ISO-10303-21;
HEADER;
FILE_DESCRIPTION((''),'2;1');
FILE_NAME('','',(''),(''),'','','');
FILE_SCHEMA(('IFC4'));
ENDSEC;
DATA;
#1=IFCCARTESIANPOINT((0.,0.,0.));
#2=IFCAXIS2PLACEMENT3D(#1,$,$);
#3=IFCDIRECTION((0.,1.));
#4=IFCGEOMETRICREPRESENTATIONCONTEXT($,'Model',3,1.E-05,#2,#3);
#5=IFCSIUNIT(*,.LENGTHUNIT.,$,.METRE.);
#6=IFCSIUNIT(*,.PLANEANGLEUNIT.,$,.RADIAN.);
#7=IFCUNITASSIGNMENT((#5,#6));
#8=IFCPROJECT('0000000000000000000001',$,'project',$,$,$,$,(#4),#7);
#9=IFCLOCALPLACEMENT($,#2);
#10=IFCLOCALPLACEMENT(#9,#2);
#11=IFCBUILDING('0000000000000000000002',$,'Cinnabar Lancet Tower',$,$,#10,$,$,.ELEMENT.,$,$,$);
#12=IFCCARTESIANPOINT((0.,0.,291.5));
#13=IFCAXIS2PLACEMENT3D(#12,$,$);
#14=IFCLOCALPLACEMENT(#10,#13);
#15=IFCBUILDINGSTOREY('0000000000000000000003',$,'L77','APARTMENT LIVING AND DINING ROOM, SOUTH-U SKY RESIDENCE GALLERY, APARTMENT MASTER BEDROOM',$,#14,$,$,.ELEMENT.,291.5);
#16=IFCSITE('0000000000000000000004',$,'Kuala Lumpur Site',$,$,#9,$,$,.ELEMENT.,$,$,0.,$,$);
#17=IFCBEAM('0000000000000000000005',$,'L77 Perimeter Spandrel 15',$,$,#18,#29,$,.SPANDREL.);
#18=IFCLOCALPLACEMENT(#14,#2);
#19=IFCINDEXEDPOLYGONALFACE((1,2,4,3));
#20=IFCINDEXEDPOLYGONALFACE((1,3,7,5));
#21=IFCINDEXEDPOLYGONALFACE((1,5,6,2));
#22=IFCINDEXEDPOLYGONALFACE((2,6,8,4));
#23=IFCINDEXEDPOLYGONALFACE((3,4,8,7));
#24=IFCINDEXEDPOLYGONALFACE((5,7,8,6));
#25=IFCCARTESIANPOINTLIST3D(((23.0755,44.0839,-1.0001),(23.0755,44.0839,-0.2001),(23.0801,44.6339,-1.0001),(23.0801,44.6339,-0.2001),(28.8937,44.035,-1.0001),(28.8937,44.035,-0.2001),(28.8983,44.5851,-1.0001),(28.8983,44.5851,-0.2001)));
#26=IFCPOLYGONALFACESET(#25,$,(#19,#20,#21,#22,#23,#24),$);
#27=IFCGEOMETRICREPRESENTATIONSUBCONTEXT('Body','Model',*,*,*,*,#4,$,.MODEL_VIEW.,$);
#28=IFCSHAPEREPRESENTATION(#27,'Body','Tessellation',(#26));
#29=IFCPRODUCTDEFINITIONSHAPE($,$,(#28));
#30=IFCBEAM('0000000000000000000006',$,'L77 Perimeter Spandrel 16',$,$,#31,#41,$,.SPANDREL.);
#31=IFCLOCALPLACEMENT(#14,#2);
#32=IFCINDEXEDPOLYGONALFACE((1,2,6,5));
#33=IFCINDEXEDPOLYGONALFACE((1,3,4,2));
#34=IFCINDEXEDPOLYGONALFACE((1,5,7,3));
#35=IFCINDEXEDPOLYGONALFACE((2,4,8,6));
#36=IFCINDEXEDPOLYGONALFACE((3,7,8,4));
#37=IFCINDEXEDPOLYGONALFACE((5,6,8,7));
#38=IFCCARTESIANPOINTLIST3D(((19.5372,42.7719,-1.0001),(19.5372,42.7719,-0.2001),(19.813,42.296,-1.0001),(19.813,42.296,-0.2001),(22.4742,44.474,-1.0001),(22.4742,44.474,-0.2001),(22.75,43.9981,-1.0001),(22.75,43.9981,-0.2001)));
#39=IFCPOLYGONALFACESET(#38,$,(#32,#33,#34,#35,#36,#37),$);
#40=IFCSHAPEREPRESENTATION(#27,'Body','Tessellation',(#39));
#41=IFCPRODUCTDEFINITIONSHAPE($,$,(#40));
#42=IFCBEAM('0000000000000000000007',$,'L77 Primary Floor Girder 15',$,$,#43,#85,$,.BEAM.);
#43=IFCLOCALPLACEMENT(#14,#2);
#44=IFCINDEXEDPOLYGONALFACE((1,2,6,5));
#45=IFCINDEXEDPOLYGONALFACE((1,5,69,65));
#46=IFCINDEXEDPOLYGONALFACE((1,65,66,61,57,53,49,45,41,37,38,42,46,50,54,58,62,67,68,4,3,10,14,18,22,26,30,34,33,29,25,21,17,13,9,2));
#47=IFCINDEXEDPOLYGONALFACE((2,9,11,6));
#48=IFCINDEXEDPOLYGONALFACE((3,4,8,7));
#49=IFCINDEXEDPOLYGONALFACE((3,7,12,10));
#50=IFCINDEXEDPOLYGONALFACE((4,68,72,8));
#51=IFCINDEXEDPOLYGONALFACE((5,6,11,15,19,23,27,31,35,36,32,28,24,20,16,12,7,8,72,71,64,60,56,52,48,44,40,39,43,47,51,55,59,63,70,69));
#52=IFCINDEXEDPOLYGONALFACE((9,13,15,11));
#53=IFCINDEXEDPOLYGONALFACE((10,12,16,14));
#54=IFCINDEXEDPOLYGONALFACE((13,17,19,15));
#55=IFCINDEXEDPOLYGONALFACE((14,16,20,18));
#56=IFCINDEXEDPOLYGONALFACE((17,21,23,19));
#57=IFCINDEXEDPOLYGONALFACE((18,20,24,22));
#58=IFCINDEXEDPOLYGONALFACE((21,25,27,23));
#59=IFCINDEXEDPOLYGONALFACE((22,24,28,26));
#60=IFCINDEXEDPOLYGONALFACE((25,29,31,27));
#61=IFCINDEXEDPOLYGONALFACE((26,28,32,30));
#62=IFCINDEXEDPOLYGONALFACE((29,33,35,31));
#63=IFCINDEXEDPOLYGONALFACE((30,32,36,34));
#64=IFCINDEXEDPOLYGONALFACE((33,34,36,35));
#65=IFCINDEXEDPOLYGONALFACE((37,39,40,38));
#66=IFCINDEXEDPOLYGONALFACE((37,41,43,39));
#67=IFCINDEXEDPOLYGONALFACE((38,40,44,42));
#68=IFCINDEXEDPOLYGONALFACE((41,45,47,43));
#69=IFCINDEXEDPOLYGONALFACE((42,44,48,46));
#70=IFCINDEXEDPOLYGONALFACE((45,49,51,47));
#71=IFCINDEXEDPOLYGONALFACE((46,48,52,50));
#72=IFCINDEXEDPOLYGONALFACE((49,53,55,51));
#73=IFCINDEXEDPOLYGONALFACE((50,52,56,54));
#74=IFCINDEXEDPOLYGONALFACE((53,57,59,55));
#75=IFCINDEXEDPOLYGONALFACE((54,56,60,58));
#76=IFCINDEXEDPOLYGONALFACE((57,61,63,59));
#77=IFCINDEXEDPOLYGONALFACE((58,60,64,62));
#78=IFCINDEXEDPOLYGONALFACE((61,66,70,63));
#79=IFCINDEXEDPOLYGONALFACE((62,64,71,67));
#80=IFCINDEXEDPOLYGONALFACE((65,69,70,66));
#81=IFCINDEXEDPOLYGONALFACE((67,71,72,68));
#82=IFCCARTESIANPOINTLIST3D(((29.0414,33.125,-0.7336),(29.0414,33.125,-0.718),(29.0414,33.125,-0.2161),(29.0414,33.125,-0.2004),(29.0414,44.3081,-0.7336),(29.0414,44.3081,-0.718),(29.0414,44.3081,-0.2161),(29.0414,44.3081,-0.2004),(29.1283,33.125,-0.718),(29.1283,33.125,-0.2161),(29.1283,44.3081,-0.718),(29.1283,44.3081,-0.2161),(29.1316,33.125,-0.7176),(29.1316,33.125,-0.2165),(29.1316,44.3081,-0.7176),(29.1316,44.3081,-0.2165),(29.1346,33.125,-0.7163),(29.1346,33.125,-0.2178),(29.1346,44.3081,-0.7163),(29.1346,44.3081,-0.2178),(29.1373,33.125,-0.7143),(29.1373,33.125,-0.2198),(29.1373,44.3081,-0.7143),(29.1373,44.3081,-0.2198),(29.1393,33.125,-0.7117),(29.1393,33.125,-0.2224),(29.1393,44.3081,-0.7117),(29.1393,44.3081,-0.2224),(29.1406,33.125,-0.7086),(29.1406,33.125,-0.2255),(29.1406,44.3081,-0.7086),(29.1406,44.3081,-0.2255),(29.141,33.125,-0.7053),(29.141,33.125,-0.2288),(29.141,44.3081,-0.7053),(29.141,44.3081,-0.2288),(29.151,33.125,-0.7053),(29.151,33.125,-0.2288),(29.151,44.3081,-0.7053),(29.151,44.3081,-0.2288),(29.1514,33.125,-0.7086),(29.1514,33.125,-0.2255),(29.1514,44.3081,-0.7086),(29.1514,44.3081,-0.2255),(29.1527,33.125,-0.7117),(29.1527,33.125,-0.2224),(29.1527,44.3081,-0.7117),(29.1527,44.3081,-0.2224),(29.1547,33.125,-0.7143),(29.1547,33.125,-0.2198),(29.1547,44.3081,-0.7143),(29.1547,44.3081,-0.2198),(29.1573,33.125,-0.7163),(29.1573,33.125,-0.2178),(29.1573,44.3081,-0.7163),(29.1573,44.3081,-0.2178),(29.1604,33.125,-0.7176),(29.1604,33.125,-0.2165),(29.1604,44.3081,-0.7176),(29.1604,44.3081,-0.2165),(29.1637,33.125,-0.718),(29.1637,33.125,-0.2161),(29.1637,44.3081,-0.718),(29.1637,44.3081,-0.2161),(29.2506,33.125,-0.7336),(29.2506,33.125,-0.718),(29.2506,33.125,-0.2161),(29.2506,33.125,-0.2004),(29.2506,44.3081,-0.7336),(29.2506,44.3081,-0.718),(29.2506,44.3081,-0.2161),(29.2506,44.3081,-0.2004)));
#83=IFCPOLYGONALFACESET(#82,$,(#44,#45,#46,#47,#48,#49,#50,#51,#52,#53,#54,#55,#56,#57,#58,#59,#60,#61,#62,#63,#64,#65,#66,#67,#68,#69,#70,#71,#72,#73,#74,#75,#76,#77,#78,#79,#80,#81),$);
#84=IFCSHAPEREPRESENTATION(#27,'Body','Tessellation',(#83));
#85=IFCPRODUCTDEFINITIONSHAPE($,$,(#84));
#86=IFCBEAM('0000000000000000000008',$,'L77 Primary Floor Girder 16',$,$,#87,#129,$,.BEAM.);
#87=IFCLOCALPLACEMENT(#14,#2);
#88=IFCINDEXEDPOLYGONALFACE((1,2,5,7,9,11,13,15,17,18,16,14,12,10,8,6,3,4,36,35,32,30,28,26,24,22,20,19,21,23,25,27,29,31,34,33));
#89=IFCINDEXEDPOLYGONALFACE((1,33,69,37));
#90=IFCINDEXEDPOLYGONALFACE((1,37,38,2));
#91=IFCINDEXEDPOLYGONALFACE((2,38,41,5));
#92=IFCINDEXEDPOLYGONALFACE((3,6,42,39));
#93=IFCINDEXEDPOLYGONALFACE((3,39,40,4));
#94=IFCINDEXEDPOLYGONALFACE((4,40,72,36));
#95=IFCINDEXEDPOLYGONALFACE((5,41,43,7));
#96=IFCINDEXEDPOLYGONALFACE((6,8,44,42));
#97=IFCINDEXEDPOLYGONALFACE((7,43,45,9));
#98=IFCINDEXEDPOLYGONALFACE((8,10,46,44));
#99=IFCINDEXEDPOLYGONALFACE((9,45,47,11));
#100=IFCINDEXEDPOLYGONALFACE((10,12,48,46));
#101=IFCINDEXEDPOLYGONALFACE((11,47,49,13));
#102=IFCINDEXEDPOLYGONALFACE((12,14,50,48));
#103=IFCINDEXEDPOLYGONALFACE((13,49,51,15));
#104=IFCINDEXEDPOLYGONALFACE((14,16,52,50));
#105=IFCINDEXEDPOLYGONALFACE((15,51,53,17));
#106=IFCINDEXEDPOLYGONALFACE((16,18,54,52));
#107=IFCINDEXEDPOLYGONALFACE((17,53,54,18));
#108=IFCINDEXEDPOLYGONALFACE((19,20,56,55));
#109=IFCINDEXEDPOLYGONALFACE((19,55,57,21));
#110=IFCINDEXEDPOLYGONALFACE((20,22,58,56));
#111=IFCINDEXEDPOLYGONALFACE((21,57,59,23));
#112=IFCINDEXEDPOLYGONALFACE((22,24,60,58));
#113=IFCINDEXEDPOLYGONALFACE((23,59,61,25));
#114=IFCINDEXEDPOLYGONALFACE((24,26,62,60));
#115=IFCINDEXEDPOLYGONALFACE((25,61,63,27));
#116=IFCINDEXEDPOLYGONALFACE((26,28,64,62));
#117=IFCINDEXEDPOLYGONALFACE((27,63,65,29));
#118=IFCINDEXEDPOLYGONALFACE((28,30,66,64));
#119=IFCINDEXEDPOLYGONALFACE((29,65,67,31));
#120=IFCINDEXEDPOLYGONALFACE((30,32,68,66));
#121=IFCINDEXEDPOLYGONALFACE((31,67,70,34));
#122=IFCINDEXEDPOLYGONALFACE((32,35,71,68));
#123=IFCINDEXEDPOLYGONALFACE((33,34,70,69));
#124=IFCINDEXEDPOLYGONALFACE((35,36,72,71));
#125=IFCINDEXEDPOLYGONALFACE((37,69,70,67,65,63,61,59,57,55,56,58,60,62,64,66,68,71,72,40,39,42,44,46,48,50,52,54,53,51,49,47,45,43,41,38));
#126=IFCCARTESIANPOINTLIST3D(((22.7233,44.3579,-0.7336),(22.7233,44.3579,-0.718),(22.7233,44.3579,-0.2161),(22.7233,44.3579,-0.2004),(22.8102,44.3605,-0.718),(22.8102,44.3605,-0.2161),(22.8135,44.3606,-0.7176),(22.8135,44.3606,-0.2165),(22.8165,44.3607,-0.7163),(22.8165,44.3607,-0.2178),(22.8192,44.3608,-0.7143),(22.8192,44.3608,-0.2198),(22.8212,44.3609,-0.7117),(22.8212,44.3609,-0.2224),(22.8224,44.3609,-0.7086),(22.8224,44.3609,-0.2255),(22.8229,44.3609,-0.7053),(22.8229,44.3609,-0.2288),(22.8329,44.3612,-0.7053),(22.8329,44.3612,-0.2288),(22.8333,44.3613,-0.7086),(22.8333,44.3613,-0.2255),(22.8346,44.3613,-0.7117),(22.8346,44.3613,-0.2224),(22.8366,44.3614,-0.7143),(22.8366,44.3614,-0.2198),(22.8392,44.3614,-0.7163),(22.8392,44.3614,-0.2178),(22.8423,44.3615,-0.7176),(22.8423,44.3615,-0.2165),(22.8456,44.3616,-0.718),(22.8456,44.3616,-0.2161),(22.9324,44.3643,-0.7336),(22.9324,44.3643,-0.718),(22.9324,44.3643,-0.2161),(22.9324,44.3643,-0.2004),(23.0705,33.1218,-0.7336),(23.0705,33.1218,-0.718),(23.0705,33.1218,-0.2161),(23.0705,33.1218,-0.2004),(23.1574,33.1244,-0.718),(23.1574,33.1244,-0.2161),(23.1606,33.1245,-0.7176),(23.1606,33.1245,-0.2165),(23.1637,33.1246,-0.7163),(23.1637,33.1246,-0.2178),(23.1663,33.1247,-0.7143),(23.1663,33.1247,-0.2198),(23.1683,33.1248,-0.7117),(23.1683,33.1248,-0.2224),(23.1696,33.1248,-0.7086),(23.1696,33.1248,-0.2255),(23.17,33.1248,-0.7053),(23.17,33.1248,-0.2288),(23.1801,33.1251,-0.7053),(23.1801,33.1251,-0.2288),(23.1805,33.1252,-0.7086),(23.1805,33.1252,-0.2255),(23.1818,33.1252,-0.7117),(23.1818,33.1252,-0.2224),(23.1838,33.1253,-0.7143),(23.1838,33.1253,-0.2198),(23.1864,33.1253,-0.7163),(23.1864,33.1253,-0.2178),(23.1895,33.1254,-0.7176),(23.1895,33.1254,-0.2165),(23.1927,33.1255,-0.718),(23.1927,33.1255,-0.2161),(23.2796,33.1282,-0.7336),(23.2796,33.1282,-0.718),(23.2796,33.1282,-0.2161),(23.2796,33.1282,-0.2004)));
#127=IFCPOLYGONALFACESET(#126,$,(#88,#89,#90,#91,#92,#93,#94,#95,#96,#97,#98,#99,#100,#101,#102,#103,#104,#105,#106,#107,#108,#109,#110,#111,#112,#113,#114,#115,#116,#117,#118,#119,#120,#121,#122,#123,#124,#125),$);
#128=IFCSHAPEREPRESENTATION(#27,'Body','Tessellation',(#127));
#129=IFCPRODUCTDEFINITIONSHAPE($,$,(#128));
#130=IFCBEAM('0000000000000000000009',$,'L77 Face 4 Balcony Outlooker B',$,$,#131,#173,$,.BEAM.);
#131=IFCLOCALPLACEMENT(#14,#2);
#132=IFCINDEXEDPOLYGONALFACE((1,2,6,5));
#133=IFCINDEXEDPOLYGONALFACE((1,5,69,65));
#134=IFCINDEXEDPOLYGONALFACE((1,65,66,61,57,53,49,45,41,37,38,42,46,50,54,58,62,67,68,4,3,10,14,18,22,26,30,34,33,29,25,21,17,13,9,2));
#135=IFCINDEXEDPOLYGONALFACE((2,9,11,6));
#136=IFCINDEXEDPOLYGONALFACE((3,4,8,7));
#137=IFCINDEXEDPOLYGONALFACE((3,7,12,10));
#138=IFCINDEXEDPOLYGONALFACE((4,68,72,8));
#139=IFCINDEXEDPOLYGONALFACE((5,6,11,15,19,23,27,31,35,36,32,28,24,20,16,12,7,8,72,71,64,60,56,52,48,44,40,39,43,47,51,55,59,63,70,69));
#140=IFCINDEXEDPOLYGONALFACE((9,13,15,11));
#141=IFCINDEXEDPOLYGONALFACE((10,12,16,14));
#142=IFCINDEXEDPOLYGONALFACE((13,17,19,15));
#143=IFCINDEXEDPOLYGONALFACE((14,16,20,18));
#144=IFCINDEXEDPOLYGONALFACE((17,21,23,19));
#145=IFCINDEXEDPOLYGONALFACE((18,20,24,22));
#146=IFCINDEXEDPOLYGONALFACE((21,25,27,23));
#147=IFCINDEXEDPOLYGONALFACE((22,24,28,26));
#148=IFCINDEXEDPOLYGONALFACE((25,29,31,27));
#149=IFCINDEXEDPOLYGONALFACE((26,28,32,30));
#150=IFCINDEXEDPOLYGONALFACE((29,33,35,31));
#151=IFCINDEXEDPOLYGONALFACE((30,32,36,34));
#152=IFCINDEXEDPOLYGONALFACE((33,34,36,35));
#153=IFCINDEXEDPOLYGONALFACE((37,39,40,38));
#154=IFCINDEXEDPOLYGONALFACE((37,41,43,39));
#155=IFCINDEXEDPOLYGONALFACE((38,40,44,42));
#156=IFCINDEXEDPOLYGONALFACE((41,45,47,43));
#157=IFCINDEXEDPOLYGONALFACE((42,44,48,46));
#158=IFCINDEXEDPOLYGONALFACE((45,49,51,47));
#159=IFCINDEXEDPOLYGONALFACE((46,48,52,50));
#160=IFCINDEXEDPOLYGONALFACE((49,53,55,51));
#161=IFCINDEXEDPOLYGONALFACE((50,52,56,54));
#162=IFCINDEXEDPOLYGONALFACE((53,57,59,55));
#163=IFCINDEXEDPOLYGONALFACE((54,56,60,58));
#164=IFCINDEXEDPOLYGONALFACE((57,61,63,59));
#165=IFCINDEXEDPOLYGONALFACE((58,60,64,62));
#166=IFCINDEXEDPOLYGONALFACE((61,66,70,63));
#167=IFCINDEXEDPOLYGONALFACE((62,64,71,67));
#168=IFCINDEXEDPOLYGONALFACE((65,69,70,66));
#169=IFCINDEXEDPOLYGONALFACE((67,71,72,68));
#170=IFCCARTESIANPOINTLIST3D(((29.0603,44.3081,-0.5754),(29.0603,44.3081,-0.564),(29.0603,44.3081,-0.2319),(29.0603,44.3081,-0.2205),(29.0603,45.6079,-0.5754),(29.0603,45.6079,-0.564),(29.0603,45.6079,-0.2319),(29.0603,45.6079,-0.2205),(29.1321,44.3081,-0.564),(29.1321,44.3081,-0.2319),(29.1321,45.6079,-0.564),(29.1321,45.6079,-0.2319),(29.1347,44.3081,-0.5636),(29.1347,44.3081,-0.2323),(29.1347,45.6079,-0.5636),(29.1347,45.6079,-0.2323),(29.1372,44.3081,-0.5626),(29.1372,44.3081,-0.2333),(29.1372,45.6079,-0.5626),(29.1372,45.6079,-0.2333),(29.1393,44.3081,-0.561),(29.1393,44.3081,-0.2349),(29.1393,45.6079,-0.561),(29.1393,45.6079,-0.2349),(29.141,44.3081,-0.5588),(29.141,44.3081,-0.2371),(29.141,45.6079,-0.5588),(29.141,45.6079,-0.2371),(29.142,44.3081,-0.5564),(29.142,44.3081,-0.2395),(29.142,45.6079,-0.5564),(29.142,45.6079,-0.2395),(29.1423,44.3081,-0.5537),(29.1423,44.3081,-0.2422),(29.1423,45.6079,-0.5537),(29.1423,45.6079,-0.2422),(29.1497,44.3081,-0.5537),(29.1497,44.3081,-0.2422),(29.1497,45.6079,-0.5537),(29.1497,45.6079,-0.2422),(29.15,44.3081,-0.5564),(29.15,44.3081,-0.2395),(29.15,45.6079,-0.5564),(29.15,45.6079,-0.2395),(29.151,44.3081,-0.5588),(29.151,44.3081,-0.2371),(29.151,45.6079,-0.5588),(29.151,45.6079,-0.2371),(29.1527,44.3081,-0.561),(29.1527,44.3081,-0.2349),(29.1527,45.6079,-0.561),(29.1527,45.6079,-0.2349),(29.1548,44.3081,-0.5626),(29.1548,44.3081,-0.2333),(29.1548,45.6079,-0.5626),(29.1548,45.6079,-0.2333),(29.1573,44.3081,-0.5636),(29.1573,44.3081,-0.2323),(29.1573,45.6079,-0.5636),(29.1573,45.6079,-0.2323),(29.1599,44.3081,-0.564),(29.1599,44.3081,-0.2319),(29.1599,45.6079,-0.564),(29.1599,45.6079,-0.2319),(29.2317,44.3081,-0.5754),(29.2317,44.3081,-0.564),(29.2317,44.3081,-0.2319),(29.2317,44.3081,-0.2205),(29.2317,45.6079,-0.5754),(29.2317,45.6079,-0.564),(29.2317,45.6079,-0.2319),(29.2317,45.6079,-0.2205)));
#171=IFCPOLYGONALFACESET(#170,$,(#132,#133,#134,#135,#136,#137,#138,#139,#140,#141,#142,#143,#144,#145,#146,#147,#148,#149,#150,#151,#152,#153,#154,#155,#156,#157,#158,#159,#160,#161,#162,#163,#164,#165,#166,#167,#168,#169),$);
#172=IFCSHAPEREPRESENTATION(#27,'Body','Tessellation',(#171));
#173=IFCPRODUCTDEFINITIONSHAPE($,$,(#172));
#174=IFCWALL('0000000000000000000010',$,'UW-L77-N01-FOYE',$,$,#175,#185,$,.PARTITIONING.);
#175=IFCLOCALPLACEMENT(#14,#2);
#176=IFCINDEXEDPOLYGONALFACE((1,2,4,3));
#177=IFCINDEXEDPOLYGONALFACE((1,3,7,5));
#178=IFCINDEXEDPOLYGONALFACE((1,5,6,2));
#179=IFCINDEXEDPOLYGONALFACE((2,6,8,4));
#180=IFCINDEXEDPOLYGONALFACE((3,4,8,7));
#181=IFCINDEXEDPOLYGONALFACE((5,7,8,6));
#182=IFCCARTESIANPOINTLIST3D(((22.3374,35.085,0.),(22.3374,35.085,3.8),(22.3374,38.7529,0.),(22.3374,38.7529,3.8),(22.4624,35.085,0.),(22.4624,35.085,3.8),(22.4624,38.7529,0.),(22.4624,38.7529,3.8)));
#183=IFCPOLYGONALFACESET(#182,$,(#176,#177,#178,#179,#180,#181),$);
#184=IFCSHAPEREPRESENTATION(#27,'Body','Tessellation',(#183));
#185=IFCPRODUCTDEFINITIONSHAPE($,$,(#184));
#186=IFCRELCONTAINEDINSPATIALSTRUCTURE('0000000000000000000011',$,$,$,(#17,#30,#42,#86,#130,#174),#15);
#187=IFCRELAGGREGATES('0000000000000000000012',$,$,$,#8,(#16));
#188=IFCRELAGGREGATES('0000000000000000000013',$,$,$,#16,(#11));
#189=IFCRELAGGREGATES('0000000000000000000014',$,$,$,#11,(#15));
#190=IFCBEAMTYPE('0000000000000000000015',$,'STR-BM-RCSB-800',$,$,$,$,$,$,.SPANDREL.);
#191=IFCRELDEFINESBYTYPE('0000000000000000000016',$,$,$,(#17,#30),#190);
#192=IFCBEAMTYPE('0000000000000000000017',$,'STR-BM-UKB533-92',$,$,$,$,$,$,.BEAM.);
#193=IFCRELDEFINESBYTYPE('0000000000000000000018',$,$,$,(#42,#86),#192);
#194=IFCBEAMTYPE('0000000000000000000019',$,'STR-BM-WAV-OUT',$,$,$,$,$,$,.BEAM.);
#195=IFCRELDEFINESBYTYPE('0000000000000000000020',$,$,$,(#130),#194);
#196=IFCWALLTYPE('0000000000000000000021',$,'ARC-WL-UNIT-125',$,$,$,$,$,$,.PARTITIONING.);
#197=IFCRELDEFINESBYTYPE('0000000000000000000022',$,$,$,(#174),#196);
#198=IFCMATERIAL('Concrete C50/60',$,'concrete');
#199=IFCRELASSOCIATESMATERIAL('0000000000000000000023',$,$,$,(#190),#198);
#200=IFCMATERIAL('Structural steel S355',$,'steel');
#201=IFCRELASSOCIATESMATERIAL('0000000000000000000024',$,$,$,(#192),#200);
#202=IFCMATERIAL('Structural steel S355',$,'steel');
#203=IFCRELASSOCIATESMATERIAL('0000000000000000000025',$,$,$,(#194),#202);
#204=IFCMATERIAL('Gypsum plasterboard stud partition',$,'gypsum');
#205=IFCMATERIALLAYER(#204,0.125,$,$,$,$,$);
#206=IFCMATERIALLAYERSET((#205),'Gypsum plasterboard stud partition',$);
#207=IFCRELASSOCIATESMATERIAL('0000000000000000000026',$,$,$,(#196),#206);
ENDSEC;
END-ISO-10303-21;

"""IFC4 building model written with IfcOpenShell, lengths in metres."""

from ifc_helpers import new_model, si_unit, direction, frame, frame_2d, origin, origin_2d, place, context, subcontext, project, spatial, rectangle, i_section, extrude, material, layer, layer_set, material_profile, profile_set, type_object, element, save


model = new_model("IFC4")

# Units and contexts
model_context = context("Model", 3, precision=1e-05, world=origin(), true_north=direction((0.0, 1.0)))
body_context = subcontext(model_context, "Body", "Model", "MODEL_VIEW")
ifc_project = project(units=[si_unit("LENGTHUNIT", "METRE"), si_unit("PLANEANGLEUNIT", "RADIAN")], contexts=[model_context])

# Site, building, storey
site_placement = place(None, origin())
site = spatial("IfcSite", under=ifc_project, at=site_placement, Name="Kuala Lumpur Site", CompositionType="ELEMENT", RefElevation=0.0)
building_placement = place(site_placement, origin())
building = spatial("IfcBuilding", under=site, at=building_placement, Name="Cinnabar Lancet Tower", CompositionType="ELEMENT")
storey_placement = place(building_placement, frame((0.0, 0.0, 291.5)))
storey = spatial("IfcBuildingStorey", under=building, at=storey_placement, Name="L77", Description="APARTMENT LIVING AND DINING ROOM, SOUTH-U SKY RESIDENCE GALLERY, APARTMENT MASTER BEDROOM", CompositionType="ELEMENT", Elevation=291.5)

# Beams
ifc_material_1 = material(Name="Concrete C50/60", Category="concrete")
ifc_material_profile_1 = material_profile(ifc_material_1, rectangle(XDim=0.55, YDim=0.8, at=origin_2d()), Name="RC-SB 550x800")
ifc_profile_set_1 = profile_set([ifc_material_profile_1], Name="Concrete C50/60")
beam_type_1 = type_object("IfcBeamType", Name="STR-BM-RCSB-800", PredefinedType="SPANDREL", material=ifc_profile_set_1)
beam_1_placement = place(storey_placement, frame((28.896, 44.3101, -0.6001), z_axis=(-0.999965, 0.008392, 0.0), x_axis=(-0.008392, -0.999965, 0.0)))
element("IfcBeam", 1, at=beam_1_placement, inside=storey, type_object=beam_type_1, Name="L77 Perimeter Spandrel 15", PredefinedType="SPANDREL", context=body_context, shape_type="SweptSolid", body=[
    extrude(rectangle(XDim=0.55, YDim=0.8, at=origin_2d()), origin(), (0.0, 0.0, 1.0), 5.8184),
])
beam_2_placement = place(storey_placement, frame((22.6121, 44.2361, -0.6001), z_axis=(-0.8652, -0.501427, 0.0), x_axis=(0.501427, -0.8652, 0.0)))
element("IfcBeam", 2, at=beam_2_placement, inside=storey, type_object=beam_type_1, Name="L77 Perimeter Spandrel 16", PredefinedType="SPANDREL", context=body_context, shape_type="SweptSolid", body=[
    extrude(rectangle(XDim=0.55, YDim=0.8, at=origin_2d()), origin(), (0.0, 0.0, 1.0), 3.3945),
])
ifc_material_2 = material(Name="Structural steel S355", Category="steel")
ifc_material_profile_2 = material_profile(ifc_material_2, i_section(OverallWidth=0.2092, OverallDepth=0.5332, WebThickness=0.01, FlangeThickness=0.0156, FilletRadius=0.0127, at=origin_2d()), Name="UKB 533x210x92")
ifc_profile_set_2 = profile_set([ifc_material_profile_2], Name="Structural steel S355")
beam_type_2 = type_object("IfcBeamType", Name="STR-BM-UKB533-92", PredefinedType="BEAM", material=ifc_profile_set_2)
beam_3_placement = place(storey_placement, frame((29.146, 44.3081, -0.467), z_axis=(0.0, -1.0, 0.0), x_axis=(1.0, 0.0, 0.0)))
element("IfcBeam", 3, at=beam_3_placement, inside=storey, type_object=beam_type_2, Name="L77 Primary Floor Girder 15", PredefinedType="BEAM", context=body_context, shape_type="SweptSolid", body=[
    extrude(i_section(OverallWidth=0.2092, OverallDepth=0.5332, WebThickness=0.01, FlangeThickness=0.0156, FilletRadius=0.0127, at=origin_2d()), origin(), (0.0, 0.0, 1.0), 11.1831),
])
beam_4_placement = place(storey_placement, frame((22.8279, 44.3611, -0.467), z_axis=(0.030883, -0.999523, 0.0), x_axis=(0.999523, 0.030883, 0.0)))
element("IfcBeam", 4, at=beam_4_placement, inside=storey, type_object=beam_type_2, Name="L77 Primary Floor Girder 16", PredefinedType="BEAM", context=body_context, shape_type="SweptSolid", body=[
    extrude(i_section(OverallWidth=0.2092, OverallDepth=0.5332, WebThickness=0.01, FlangeThickness=0.0156, FilletRadius=0.0127, at=origin_2d()), origin(), (0.0, 0.0, 1.0), 11.2415),
])
ifc_material_3 = material(Name="Structural steel S355", Category="steel")
ifc_material_profile_3 = material_profile(ifc_material_3, i_section(OverallWidth=0.1714, OverallDepth=0.355, WebThickness=0.0073, FlangeThickness=0.0115, FilletRadius=0.0103, at=origin_2d()), Name="UKB 356x171x51")
ifc_profile_set_3 = profile_set([ifc_material_profile_3], Name="Structural steel S355")
beam_type_3 = type_object("IfcBeamType", Name="STR-BM-WAV-OUT", PredefinedType="BEAM", material=ifc_profile_set_3)
beam_5_placement = place(storey_placement, frame((29.146, 44.3081, -0.3979), z_axis=(0.0, 1.0, 0.0), x_axis=(-1.0, 0.0, 0.0)))
element("IfcBeam", 5, at=beam_5_placement, inside=storey, type_object=beam_type_3, Name="L77 Face 4 Balcony Outlooker B", PredefinedType="BEAM", context=body_context, shape_type="SweptSolid", body=[
    extrude(i_section(OverallWidth=0.1714, OverallDepth=0.355, WebThickness=0.0073, FlangeThickness=0.0115, FilletRadius=0.0103, at=origin_2d()), origin(), (0.0, 0.0, 1.0), 1.2998),
])

# Wall
ifc_material_4 = material(Name="Gypsum plasterboard stud partition", Category="gypsum")
ifc_layer_1 = layer(ifc_material_4, 0.125)
ifc_layer_set_1 = layer_set([ifc_layer_1], Name="Gypsum plasterboard stud partition")
wall_type_1 = type_object("IfcWallType", Name="ARC-WL-UNIT-125", PredefinedType="PARTITIONING", material=ifc_layer_set_1)
for number, where, z_axis, x_axis, name in (
    (6, (22.3999, 35.085, 0.0), (0.0, 0.0, 1.0), (0.0, 1.0, 0.0), "UW-L77-N01-FOYE"),
):
    element("IfcWall", number, at=place(storey_placement, frame(where, z_axis=z_axis, x_axis=x_axis)), inside=storey, type_object=wall_type_1, Name=name, PredefinedType="PARTITIONING", context=body_context, shape_type="SweptSolid", body=[
        extrude(rectangle(XDim=3.668, YDim=0.125, at=frame_2d((1.834, 0.0))), origin(), (0.0, 0.0, 1.0), 3.8),
    ])

save(model, "model.ifc")
